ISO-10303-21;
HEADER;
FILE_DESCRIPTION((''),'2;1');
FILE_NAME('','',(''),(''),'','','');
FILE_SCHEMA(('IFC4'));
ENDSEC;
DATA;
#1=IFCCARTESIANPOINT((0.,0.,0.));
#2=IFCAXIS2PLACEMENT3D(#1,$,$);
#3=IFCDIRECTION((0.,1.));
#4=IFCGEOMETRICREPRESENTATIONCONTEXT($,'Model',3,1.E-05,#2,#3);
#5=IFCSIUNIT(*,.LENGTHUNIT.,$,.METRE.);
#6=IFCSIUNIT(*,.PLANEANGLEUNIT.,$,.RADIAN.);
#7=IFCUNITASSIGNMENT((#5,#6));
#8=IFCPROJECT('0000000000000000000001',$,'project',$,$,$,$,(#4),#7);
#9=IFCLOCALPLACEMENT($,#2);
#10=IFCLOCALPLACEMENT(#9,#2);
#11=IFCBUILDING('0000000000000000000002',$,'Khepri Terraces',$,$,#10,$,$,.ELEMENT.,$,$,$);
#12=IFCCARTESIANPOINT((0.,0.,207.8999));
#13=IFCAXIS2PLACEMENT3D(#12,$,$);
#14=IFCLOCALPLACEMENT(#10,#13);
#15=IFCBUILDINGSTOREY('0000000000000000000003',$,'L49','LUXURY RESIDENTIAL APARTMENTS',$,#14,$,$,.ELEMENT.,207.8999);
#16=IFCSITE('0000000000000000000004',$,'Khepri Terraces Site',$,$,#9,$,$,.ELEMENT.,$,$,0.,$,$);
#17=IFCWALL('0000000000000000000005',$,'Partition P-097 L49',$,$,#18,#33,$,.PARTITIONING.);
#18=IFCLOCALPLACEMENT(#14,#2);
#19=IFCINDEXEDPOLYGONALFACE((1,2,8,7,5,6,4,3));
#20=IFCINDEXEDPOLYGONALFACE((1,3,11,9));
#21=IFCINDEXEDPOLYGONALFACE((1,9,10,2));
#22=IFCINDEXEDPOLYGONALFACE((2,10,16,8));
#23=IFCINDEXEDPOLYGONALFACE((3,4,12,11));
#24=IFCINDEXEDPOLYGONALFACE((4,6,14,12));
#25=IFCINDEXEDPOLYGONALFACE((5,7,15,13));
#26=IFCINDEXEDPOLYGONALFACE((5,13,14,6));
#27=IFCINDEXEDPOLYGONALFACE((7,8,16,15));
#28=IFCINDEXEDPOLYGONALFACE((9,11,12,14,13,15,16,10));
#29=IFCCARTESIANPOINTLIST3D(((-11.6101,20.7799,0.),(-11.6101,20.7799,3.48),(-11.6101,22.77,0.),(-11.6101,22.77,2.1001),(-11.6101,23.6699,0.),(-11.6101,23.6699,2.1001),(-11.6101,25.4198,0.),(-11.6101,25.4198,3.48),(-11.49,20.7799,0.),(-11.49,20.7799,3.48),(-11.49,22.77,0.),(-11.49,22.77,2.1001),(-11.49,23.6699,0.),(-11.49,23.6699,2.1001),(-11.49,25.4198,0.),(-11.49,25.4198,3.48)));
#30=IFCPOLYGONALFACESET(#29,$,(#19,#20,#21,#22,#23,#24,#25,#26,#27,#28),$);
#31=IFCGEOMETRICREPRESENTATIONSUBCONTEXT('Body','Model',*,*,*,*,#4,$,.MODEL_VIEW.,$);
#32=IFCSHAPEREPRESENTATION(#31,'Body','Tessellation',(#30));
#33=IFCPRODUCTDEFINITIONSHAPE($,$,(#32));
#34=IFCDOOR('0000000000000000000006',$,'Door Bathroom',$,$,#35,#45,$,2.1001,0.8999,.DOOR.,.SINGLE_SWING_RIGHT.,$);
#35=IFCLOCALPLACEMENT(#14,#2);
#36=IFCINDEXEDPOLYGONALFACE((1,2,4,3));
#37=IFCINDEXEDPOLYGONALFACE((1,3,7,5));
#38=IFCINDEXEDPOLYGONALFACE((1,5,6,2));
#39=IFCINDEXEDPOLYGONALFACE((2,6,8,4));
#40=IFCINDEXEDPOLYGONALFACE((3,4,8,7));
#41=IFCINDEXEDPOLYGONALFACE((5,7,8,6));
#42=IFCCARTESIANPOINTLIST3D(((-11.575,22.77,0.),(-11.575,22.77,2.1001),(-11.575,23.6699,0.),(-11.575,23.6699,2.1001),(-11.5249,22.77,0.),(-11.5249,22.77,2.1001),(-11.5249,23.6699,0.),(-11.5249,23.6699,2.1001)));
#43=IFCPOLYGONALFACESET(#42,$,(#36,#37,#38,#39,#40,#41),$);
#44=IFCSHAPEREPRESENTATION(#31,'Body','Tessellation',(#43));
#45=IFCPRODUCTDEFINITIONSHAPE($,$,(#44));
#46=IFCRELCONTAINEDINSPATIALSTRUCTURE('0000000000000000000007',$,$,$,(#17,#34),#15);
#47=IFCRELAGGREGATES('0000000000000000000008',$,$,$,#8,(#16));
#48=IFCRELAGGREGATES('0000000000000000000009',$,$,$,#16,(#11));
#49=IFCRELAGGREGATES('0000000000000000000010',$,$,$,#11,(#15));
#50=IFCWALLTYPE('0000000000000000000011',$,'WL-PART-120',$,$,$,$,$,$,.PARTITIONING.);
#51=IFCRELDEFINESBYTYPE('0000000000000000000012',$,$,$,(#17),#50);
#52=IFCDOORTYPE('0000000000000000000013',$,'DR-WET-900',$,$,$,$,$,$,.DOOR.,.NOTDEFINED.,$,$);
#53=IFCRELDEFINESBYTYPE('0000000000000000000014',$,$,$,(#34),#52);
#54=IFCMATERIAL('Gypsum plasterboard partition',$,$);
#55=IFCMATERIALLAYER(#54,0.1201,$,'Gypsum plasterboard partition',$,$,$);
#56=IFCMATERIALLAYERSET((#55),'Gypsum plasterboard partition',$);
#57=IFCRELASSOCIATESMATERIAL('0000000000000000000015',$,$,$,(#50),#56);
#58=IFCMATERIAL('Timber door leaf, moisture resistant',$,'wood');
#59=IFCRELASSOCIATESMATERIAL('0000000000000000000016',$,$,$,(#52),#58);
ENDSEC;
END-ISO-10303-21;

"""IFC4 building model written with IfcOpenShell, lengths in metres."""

from ifc_helpers import new_model, si_unit, direction, frame, frame_2d, origin, place, context, subcontext, project, spatial, rectangle, extrude, material, layer, layer_set, type_object, element, fill, save


model = new_model("IFC4")

# Units and contexts
model_context = context("Model", 3, precision=1e-05, world=origin(), true_north=direction((0.0, 1.0)))
body_context = subcontext(model_context, "Body", "Model", "MODEL_VIEW")
ifc_project = project(units=[si_unit("LENGTHUNIT", "METRE"), si_unit("PLANEANGLEUNIT", "RADIAN")], contexts=[model_context])

# Site, building, storey
site_placement = place(None, origin())
site = spatial("IfcSite", under=ifc_project, at=site_placement, Name="Khepri Terraces Site", CompositionType="ELEMENT", RefElevation=0.0)
building_placement = place(site_placement, origin())
building = spatial("IfcBuilding", under=site, at=building_placement, Name="Khepri Terraces", CompositionType="ELEMENT")
storey_placement = place(building_placement, frame((0.0, 0.0, 207.8999)))
storey = spatial("IfcBuildingStorey", under=building, at=storey_placement, Name="L49", Description="LUXURY RESIDENTIAL APARTMENTS", CompositionType="ELEMENT", Elevation=207.8999)

# Shared definitions
ifc_material_1 = material(Name="Gypsum plasterboard partition")
ifc_layer_1 = layer(ifc_material_1, 0.1201, Name="Gypsum plasterboard partition")
ifc_layer_set_1 = layer_set([ifc_layer_1], Name="Gypsum plasterboard partition")
wall_type_1 = type_object("IfcWallType", Name="WL-PART-120", PredefinedType="PARTITIONING", material=ifc_layer_set_1)

# Shared definitions
ifc_material_2 = material(Name="Timber door leaf, moisture resistant", Category="wood")
door_type_1 = type_object("IfcDoorType", Name="DR-WET-900", OperationType="NOTDEFINED", PredefinedType="DOOR", material=ifc_material_2)

# Wall, opening, door
wall_1_placement = place(storey_placement, frame((-11.55, 20.78, 0.0), z_axis=(0.0, 0.0, 1.0), x_axis=(0.0, 1.0, 0.0)))
wall_1 = element("IfcWall", 1, at=wall_1_placement, inside=storey, type_object=wall_type_1, Name="Partition P-097 L49", PredefinedType="PARTITIONING", context=body_context, shape_type="SweptSolid", body=[
    extrude(rectangle(XDim=4.6399, YDim=0.1201, at=frame_2d((2.3198, 0.0))), origin(), (0.0, 0.0, 1.0), 3.48),
])
opening_1_placement = place(wall_1_placement, frame((1.99, 0.0, 0.0)))
opening_1 = element("IfcOpeningElement", 2, at=opening_1_placement, cuts=wall_1, PredefinedType="OPENING", context=body_context, shape_type="SweptSolid", body=[
    extrude(rectangle(XDim=0.8999, YDim=2.1001, at=frame_2d((0.45, 1.05))), frame((0.0, 0.0701, 0.0), z_axis=(0.0, -1.0, 0.0), x_axis=(1.0, 0.0, 0.0)), (0.0, 0.0, 1.0), 0.1401),
])
door_1_placement = place(opening_1_placement, origin())
door_1 = element("IfcDoor", 3, at=door_1_placement, inside=storey, type_object=door_type_1, Name="Door Bathroom", OperationType="SINGLE_SWING_RIGHT", OverallHeight=2.1001, OverallWidth=0.8999, PredefinedType="DOOR", context=body_context, shape_type="SweptSolid", body=[
    extrude(rectangle(XDim=0.8999, YDim=2.1001, at=frame_2d((0.45, 1.05))), frame((0.0, 0.0249, 0.0), z_axis=(0.0, -1.0, 0.0), x_axis=(1.0, 0.0, 0.0)), (0.0, 0.0, 1.0), 0.05),
])
fill(opening_1, door_1)

save(model, "model.ifc")
